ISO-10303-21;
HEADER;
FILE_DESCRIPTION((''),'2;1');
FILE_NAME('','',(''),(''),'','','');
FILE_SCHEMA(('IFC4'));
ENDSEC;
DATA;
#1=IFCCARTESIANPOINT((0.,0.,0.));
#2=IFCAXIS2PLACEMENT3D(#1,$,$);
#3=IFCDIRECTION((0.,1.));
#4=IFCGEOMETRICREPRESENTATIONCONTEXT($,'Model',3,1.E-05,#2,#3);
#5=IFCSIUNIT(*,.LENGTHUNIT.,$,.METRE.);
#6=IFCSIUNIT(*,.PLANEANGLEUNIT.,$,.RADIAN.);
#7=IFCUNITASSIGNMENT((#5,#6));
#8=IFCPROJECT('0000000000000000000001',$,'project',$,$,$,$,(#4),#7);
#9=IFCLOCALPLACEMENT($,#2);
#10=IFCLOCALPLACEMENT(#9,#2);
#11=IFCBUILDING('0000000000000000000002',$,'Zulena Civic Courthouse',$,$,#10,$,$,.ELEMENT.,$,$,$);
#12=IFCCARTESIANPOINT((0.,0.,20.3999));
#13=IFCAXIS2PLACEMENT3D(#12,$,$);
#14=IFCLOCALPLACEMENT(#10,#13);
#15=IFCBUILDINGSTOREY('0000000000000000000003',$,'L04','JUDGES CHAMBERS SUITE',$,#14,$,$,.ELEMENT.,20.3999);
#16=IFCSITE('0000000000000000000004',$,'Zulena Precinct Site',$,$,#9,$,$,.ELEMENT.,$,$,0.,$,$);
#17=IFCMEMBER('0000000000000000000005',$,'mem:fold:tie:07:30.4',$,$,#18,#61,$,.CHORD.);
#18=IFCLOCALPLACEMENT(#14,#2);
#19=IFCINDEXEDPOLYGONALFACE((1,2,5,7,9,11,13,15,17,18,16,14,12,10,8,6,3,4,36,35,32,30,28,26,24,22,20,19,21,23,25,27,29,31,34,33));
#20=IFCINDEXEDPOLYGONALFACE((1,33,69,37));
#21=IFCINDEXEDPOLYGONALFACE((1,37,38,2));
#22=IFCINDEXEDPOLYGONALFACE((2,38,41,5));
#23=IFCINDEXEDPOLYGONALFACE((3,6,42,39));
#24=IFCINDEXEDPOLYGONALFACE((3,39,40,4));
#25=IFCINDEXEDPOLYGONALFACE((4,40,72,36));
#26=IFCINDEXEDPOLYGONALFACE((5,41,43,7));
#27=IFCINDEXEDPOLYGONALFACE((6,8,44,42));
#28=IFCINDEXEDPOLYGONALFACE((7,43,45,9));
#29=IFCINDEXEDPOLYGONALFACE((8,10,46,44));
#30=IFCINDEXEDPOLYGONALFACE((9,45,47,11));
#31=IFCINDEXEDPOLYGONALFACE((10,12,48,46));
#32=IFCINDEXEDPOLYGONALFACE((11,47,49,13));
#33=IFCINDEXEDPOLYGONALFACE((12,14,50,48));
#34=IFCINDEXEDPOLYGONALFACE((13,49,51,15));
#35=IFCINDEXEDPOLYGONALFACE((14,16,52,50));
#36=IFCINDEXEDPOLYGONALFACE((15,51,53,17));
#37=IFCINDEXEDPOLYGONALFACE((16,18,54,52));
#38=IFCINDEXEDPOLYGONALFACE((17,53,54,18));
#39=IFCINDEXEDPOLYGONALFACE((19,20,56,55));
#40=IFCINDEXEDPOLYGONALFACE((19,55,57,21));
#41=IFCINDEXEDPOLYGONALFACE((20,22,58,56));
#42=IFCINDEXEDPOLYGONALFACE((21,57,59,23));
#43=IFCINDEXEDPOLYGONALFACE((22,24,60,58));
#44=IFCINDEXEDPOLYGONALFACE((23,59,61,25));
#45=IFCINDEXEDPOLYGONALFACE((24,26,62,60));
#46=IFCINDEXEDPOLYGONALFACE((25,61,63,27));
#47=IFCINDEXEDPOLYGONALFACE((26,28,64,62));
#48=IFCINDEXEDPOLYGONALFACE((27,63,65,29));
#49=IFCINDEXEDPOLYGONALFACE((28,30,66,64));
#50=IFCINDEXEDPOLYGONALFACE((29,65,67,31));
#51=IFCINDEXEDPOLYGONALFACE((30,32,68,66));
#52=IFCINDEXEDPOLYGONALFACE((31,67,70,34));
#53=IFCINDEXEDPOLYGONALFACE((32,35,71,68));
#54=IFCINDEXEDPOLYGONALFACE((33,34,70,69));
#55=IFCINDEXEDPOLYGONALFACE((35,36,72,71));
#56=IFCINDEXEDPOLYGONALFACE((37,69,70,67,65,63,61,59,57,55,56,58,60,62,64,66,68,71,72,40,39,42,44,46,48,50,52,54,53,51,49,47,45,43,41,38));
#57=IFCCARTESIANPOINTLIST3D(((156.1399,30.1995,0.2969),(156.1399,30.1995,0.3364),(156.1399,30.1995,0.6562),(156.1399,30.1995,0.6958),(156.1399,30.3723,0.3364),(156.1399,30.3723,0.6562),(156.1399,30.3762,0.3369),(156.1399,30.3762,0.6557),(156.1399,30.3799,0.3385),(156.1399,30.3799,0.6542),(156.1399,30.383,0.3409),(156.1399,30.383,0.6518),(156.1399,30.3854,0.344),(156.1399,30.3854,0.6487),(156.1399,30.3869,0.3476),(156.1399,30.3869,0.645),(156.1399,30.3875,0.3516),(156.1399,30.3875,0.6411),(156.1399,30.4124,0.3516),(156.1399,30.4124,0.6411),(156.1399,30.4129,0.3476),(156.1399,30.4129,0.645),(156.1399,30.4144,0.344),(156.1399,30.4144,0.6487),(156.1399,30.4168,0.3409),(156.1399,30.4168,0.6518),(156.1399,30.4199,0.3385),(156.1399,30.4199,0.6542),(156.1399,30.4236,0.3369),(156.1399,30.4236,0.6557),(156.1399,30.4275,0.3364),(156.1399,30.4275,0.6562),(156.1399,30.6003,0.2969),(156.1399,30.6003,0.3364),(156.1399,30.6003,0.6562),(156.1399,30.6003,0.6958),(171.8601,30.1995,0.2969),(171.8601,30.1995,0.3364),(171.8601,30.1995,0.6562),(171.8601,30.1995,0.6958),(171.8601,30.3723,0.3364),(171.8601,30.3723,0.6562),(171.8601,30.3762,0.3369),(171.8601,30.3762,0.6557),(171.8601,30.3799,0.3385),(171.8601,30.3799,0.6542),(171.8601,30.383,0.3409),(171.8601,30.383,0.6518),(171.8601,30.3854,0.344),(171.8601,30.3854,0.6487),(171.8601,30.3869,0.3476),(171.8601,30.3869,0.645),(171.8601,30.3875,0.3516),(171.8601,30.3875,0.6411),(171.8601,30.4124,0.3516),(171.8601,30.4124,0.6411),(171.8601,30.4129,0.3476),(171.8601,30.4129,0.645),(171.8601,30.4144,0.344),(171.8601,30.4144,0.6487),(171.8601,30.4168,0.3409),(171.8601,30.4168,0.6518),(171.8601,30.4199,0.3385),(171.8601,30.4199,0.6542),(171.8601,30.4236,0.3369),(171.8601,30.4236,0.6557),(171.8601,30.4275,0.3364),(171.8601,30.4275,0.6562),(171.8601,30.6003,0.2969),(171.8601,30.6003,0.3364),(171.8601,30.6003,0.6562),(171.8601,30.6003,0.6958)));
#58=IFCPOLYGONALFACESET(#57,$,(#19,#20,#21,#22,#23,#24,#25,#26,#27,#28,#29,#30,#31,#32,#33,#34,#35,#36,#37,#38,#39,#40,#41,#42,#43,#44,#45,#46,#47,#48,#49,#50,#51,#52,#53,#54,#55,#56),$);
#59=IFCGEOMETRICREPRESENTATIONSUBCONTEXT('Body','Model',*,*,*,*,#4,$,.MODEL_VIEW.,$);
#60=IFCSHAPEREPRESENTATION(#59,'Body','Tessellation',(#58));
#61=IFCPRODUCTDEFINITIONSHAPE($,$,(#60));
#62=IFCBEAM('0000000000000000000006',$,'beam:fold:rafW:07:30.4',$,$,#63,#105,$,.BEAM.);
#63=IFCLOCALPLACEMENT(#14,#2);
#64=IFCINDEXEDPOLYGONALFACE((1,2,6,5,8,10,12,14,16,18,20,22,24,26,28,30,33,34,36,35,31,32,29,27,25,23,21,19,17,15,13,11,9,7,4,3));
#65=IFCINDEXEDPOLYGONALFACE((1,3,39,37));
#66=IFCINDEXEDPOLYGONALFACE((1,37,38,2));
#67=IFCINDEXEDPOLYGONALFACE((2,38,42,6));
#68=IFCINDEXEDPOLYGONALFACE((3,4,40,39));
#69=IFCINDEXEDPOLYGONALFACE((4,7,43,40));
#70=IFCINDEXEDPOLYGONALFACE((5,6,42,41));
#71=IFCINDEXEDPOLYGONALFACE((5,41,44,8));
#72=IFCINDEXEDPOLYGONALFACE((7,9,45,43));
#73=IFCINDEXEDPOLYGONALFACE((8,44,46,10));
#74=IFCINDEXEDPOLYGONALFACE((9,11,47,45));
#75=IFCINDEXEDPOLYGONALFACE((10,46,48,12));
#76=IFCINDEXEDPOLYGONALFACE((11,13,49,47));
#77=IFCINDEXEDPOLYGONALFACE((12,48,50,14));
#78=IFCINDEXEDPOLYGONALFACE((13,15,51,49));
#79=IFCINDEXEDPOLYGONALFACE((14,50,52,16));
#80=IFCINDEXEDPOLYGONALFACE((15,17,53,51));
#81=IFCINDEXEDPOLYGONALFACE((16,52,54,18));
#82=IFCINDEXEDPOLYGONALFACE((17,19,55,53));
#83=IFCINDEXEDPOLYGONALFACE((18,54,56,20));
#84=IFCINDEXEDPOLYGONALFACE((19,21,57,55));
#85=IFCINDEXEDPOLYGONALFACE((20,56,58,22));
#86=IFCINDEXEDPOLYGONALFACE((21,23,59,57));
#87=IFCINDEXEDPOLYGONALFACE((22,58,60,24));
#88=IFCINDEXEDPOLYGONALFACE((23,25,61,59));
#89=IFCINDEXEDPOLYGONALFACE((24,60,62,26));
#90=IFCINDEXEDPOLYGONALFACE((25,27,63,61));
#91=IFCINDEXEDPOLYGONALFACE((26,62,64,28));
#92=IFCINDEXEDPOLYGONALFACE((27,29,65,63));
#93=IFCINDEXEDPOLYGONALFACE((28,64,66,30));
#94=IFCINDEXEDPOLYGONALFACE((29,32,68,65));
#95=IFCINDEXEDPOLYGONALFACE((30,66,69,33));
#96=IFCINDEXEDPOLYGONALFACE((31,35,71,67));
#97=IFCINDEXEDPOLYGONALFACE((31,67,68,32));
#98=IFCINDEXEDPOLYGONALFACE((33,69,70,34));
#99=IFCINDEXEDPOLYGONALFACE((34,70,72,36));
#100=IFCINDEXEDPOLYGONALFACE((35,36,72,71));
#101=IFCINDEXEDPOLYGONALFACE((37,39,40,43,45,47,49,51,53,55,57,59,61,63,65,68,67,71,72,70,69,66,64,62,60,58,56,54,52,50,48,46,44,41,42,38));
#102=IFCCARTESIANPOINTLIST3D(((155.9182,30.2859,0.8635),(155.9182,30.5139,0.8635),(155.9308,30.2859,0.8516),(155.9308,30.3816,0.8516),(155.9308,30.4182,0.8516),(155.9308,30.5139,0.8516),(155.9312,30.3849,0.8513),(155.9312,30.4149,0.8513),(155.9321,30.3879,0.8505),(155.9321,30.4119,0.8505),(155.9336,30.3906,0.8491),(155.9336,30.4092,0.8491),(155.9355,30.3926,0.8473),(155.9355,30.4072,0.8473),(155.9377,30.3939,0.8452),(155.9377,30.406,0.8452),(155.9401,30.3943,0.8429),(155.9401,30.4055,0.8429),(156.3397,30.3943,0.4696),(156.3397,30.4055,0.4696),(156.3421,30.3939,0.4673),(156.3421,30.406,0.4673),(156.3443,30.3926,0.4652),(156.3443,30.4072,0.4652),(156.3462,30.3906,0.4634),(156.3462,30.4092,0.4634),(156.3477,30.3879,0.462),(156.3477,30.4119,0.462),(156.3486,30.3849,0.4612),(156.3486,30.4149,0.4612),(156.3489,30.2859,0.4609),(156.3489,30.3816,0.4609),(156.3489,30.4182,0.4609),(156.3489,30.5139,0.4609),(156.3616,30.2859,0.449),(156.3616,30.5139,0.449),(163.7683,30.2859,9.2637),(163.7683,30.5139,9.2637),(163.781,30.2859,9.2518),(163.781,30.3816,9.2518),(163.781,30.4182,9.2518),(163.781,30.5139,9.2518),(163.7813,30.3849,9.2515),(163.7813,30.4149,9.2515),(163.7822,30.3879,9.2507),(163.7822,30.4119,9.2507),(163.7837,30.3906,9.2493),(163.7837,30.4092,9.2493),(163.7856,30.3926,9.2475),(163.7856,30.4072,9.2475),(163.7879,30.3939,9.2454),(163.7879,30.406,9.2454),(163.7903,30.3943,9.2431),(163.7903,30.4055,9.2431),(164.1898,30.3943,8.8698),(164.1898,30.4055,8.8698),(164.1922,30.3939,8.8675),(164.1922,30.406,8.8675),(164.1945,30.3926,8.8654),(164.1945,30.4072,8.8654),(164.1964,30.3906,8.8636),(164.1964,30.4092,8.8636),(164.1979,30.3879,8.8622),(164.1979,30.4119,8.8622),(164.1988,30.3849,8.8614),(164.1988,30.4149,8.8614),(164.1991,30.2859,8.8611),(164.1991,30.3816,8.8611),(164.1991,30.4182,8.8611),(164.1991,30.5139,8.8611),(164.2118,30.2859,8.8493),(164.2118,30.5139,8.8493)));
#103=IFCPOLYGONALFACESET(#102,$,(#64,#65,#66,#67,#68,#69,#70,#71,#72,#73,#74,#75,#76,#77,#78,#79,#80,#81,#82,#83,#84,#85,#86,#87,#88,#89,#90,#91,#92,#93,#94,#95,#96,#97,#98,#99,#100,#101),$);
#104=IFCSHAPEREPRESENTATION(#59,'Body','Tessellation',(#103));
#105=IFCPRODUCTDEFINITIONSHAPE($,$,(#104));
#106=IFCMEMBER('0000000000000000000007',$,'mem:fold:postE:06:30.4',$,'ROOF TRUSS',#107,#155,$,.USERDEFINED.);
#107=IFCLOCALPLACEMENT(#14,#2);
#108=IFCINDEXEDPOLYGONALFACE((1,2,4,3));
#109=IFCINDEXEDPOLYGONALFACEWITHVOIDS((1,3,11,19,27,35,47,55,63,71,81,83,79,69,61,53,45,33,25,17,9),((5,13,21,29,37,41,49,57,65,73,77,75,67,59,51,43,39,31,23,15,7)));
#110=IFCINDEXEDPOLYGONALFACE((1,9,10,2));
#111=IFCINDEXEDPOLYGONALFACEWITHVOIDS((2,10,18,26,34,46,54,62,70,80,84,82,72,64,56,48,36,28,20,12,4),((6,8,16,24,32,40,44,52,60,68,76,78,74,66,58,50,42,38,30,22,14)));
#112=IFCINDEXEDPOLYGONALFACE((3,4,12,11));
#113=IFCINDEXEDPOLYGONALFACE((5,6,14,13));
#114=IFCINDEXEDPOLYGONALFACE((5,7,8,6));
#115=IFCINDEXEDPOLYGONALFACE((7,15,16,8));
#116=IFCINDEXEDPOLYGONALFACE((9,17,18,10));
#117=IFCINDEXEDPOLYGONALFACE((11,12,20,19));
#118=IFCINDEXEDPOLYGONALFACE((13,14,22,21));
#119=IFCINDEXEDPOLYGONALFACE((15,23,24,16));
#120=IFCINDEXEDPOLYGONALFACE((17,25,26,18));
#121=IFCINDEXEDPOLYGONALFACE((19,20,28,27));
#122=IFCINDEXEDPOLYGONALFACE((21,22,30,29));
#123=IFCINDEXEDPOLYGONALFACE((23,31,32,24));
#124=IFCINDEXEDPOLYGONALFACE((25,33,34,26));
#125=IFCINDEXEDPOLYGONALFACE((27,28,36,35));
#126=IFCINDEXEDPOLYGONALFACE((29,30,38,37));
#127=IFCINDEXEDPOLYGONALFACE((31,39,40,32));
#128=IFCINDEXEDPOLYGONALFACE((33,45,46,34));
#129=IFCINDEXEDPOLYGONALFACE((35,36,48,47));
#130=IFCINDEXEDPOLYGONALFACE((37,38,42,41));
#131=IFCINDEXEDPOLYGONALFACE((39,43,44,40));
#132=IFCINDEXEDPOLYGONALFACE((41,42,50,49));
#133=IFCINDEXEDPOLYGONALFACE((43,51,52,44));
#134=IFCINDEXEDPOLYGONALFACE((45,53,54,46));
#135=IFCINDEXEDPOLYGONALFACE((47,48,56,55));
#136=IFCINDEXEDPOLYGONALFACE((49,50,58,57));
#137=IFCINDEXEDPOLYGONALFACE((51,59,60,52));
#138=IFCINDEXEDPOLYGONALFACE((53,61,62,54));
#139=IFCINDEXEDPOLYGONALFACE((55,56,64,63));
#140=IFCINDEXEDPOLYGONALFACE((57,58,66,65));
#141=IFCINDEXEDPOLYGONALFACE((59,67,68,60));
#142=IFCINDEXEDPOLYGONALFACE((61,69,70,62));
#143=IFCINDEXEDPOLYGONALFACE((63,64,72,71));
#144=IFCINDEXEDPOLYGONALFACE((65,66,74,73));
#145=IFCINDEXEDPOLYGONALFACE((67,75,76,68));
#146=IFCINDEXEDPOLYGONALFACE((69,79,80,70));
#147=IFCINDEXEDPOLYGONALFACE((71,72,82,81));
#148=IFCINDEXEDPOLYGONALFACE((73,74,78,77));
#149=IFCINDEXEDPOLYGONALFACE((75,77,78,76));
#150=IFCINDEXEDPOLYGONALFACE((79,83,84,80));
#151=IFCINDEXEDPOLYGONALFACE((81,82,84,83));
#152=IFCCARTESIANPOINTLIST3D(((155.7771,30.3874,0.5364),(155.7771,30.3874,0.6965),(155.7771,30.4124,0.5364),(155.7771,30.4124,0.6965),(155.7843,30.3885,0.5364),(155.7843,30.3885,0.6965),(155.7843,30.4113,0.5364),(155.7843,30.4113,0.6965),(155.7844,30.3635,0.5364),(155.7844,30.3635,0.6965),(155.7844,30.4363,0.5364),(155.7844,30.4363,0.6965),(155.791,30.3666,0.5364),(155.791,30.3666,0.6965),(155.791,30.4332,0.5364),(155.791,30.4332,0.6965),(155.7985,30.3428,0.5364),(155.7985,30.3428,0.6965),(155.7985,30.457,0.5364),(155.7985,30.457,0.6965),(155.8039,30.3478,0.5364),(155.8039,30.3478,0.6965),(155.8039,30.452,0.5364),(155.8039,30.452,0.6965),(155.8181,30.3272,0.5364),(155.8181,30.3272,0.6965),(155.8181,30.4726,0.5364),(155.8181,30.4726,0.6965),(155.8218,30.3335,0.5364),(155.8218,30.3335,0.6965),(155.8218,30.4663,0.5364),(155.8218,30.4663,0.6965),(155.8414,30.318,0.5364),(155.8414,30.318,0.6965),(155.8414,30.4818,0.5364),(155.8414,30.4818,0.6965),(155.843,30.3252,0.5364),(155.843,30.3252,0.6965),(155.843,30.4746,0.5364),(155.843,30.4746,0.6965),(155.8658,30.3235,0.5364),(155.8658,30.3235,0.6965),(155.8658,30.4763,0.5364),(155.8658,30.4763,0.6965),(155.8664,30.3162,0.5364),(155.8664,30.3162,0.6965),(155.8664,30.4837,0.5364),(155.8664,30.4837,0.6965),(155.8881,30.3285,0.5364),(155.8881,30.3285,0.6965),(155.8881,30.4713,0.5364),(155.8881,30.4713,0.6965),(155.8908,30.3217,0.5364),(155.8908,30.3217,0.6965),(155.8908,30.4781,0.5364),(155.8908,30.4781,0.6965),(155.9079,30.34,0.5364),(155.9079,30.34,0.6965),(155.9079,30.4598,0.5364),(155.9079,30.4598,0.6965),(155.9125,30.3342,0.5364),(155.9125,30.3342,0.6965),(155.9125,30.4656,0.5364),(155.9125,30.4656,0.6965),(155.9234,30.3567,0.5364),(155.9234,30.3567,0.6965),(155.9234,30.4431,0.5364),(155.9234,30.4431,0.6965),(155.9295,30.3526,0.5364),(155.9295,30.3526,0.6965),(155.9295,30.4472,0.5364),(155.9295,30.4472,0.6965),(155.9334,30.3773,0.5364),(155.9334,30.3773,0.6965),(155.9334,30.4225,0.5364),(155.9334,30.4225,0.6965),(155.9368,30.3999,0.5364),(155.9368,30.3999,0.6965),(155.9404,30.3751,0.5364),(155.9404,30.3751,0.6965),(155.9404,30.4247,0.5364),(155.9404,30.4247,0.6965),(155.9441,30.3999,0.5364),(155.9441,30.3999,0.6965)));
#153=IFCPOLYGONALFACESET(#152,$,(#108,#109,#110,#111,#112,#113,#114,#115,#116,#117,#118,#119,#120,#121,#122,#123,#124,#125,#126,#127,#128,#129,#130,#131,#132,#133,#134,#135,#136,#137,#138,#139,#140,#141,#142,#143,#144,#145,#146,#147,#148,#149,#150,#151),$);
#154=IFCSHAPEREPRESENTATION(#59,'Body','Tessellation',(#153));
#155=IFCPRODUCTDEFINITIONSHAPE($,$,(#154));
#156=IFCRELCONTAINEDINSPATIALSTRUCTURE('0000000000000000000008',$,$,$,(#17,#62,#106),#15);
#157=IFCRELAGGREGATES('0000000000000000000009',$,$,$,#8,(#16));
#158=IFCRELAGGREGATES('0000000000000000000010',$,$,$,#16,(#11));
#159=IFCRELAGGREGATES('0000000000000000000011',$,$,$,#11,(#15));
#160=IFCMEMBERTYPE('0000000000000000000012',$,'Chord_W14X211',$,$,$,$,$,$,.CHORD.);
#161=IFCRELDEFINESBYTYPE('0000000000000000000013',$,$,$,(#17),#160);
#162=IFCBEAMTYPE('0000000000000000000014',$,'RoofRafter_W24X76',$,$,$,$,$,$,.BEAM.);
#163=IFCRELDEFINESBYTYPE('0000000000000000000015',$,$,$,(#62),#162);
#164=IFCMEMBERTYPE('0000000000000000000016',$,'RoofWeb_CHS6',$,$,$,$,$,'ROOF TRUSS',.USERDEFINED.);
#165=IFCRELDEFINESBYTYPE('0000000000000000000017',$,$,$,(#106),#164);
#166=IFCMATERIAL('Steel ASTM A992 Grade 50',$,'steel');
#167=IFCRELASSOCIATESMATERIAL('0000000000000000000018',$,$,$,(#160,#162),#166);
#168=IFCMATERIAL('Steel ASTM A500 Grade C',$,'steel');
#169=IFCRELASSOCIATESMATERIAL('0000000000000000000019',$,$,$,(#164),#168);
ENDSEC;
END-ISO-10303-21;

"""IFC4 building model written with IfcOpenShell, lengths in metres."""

from ifc_helpers import new_model, si_unit, direction, frame, origin, origin_2d, place, context, subcontext, project, spatial, hollow_circle, i_section, extrude, material, material_profile, profile_set, type_object, element, save


model = new_model("IFC4")

# Units and contexts
model_context = context("Model", 3, precision=1e-05, world=origin(), true_north=direction((0.0, 1.0)))
body_context = subcontext(model_context, "Body", "Model", "MODEL_VIEW")
ifc_project = project(units=[si_unit("LENGTHUNIT", "METRE"), si_unit("PLANEANGLEUNIT", "RADIAN")], contexts=[model_context])

# Site, building, storey
site_placement = place(None, origin())
site = spatial("IfcSite", under=ifc_project, at=site_placement, Name="Zulena Precinct Site", CompositionType="ELEMENT", RefElevation=0.0)
building_placement = place(site_placement, origin())
building = spatial("IfcBuilding", under=site, at=building_placement, Name="Zulena Civic Courthouse", CompositionType="ELEMENT")
storey_placement = place(building_placement, frame((0.0, 0.0, 20.3999)))
storey = spatial("IfcBuildingStorey", under=building, at=storey_placement, Name="L04", Description="JUDGES CHAMBERS SUITE", CompositionType="ELEMENT", Elevation=20.3999)

# Shared definitions
ifc_material_1 = material(Name="Steel ASTM A992 Grade 50", Category="steel")

# Member
ifc_material_profile_1 = material_profile(ifc_material_1, i_section(OverallWidth=0.4009, OverallDepth=0.3989, WebThickness=0.0249, FlangeThickness=0.0396, FilletRadius=0.0151, at=origin_2d()), Name="W14X211")
ifc_profile_set_1 = profile_set([ifc_material_profile_1], Name="Steel ASTM A992 Grade 50")
member_type_1 = type_object("IfcMemberType", Name="Chord_W14X211", PredefinedType="CHORD", material=ifc_profile_set_1)
member_1_placement = place(storey_placement, frame((156.1399, 30.3999, 0.4963), z_axis=(1.0, 0.0, 0.0), x_axis=(0.0, 1.0, 0.0)))
element("IfcMember", 1, at=member_1_placement, inside=storey, type_object=member_type_1, Name="mem:fold:tie:07:30.4", PredefinedType="CHORD", context=body_context, shape_type="SweptSolid", body=[
    extrude(i_section(OverallWidth=0.4009, OverallDepth=0.3989, WebThickness=0.0249, FlangeThickness=0.0396, FilletRadius=0.0151, at=origin_2d()), origin(), (0.0, 0.0, 1.0), 15.7202),
])

# Beam
ifc_material_profile_2 = material_profile(ifc_material_1, i_section(OverallWidth=0.228, OverallDepth=0.6069, WebThickness=0.0112, FlangeThickness=0.0173, FilletRadius=0.0127, at=origin_2d()), Name="W24X76")
ifc_profile_set_2 = profile_set([ifc_material_profile_2], Name="Steel ASTM A992 Grade 50")
beam_type = type_object("IfcBeamType", Name="RoofRafter_W24X76", PredefinedType="BEAM", material=ifc_profile_set_2)
beam_placement = place(storey_placement, frame((156.1399, 30.3999, 0.6562), z_axis=(0.682781, 0.0, 0.730623), x_axis=(0.0, 1.0, 0.0)))
element("IfcBeam", 2, at=beam_placement, inside=storey, type_object=beam_type, Name="beam:fold:rafW:07:30.4", PredefinedType="BEAM", context=body_context, shape_type="SweptSolid", body=[
    extrude(i_section(OverallWidth=0.228, OverallDepth=0.6069, WebThickness=0.0112, FlangeThickness=0.0173, FilletRadius=0.0127, at=origin_2d()), origin(), (0.0, 0.0, 1.0), 11.4973),
])

# Member
ifc_material_2 = material(Name="Steel ASTM A500 Grade C", Category="steel")
ifc_material_profile_3 = material_profile(ifc_material_2, hollow_circle(Radius=0.084, WallThickness=0.0073, at=origin_2d()), Name="HSS6.625X0.312")
ifc_profile_set_3 = profile_set([ifc_material_profile_3], Name="Steel ASTM A500 Grade C")
member_type_2 = type_object("IfcMemberType", Name="RoofWeb_CHS6", ElementType="ROOF TRUSS", PredefinedType="USERDEFINED", material=ifc_profile_set_3)
member_2_placement = place(storey_placement, frame((155.8601, 30.3999, 0.5364), z_axis=(0.0, 0.0, 1.0), x_axis=(1.0, 0.0, 0.0)))
element("IfcMember", 3, at=member_2_placement, inside=storey, type_object=member_type_2, Name="mem:fold:postE:06:30.4", ObjectType="ROOF TRUSS", PredefinedType="USERDEFINED", context=body_context, shape_type="SweptSolid", body=[
    extrude(hollow_circle(Radius=0.084, WallThickness=0.0073, at=origin_2d()), origin(), (0.0, 0.0, 1.0), 0.1602),
])

save(model, "model.ifc")
